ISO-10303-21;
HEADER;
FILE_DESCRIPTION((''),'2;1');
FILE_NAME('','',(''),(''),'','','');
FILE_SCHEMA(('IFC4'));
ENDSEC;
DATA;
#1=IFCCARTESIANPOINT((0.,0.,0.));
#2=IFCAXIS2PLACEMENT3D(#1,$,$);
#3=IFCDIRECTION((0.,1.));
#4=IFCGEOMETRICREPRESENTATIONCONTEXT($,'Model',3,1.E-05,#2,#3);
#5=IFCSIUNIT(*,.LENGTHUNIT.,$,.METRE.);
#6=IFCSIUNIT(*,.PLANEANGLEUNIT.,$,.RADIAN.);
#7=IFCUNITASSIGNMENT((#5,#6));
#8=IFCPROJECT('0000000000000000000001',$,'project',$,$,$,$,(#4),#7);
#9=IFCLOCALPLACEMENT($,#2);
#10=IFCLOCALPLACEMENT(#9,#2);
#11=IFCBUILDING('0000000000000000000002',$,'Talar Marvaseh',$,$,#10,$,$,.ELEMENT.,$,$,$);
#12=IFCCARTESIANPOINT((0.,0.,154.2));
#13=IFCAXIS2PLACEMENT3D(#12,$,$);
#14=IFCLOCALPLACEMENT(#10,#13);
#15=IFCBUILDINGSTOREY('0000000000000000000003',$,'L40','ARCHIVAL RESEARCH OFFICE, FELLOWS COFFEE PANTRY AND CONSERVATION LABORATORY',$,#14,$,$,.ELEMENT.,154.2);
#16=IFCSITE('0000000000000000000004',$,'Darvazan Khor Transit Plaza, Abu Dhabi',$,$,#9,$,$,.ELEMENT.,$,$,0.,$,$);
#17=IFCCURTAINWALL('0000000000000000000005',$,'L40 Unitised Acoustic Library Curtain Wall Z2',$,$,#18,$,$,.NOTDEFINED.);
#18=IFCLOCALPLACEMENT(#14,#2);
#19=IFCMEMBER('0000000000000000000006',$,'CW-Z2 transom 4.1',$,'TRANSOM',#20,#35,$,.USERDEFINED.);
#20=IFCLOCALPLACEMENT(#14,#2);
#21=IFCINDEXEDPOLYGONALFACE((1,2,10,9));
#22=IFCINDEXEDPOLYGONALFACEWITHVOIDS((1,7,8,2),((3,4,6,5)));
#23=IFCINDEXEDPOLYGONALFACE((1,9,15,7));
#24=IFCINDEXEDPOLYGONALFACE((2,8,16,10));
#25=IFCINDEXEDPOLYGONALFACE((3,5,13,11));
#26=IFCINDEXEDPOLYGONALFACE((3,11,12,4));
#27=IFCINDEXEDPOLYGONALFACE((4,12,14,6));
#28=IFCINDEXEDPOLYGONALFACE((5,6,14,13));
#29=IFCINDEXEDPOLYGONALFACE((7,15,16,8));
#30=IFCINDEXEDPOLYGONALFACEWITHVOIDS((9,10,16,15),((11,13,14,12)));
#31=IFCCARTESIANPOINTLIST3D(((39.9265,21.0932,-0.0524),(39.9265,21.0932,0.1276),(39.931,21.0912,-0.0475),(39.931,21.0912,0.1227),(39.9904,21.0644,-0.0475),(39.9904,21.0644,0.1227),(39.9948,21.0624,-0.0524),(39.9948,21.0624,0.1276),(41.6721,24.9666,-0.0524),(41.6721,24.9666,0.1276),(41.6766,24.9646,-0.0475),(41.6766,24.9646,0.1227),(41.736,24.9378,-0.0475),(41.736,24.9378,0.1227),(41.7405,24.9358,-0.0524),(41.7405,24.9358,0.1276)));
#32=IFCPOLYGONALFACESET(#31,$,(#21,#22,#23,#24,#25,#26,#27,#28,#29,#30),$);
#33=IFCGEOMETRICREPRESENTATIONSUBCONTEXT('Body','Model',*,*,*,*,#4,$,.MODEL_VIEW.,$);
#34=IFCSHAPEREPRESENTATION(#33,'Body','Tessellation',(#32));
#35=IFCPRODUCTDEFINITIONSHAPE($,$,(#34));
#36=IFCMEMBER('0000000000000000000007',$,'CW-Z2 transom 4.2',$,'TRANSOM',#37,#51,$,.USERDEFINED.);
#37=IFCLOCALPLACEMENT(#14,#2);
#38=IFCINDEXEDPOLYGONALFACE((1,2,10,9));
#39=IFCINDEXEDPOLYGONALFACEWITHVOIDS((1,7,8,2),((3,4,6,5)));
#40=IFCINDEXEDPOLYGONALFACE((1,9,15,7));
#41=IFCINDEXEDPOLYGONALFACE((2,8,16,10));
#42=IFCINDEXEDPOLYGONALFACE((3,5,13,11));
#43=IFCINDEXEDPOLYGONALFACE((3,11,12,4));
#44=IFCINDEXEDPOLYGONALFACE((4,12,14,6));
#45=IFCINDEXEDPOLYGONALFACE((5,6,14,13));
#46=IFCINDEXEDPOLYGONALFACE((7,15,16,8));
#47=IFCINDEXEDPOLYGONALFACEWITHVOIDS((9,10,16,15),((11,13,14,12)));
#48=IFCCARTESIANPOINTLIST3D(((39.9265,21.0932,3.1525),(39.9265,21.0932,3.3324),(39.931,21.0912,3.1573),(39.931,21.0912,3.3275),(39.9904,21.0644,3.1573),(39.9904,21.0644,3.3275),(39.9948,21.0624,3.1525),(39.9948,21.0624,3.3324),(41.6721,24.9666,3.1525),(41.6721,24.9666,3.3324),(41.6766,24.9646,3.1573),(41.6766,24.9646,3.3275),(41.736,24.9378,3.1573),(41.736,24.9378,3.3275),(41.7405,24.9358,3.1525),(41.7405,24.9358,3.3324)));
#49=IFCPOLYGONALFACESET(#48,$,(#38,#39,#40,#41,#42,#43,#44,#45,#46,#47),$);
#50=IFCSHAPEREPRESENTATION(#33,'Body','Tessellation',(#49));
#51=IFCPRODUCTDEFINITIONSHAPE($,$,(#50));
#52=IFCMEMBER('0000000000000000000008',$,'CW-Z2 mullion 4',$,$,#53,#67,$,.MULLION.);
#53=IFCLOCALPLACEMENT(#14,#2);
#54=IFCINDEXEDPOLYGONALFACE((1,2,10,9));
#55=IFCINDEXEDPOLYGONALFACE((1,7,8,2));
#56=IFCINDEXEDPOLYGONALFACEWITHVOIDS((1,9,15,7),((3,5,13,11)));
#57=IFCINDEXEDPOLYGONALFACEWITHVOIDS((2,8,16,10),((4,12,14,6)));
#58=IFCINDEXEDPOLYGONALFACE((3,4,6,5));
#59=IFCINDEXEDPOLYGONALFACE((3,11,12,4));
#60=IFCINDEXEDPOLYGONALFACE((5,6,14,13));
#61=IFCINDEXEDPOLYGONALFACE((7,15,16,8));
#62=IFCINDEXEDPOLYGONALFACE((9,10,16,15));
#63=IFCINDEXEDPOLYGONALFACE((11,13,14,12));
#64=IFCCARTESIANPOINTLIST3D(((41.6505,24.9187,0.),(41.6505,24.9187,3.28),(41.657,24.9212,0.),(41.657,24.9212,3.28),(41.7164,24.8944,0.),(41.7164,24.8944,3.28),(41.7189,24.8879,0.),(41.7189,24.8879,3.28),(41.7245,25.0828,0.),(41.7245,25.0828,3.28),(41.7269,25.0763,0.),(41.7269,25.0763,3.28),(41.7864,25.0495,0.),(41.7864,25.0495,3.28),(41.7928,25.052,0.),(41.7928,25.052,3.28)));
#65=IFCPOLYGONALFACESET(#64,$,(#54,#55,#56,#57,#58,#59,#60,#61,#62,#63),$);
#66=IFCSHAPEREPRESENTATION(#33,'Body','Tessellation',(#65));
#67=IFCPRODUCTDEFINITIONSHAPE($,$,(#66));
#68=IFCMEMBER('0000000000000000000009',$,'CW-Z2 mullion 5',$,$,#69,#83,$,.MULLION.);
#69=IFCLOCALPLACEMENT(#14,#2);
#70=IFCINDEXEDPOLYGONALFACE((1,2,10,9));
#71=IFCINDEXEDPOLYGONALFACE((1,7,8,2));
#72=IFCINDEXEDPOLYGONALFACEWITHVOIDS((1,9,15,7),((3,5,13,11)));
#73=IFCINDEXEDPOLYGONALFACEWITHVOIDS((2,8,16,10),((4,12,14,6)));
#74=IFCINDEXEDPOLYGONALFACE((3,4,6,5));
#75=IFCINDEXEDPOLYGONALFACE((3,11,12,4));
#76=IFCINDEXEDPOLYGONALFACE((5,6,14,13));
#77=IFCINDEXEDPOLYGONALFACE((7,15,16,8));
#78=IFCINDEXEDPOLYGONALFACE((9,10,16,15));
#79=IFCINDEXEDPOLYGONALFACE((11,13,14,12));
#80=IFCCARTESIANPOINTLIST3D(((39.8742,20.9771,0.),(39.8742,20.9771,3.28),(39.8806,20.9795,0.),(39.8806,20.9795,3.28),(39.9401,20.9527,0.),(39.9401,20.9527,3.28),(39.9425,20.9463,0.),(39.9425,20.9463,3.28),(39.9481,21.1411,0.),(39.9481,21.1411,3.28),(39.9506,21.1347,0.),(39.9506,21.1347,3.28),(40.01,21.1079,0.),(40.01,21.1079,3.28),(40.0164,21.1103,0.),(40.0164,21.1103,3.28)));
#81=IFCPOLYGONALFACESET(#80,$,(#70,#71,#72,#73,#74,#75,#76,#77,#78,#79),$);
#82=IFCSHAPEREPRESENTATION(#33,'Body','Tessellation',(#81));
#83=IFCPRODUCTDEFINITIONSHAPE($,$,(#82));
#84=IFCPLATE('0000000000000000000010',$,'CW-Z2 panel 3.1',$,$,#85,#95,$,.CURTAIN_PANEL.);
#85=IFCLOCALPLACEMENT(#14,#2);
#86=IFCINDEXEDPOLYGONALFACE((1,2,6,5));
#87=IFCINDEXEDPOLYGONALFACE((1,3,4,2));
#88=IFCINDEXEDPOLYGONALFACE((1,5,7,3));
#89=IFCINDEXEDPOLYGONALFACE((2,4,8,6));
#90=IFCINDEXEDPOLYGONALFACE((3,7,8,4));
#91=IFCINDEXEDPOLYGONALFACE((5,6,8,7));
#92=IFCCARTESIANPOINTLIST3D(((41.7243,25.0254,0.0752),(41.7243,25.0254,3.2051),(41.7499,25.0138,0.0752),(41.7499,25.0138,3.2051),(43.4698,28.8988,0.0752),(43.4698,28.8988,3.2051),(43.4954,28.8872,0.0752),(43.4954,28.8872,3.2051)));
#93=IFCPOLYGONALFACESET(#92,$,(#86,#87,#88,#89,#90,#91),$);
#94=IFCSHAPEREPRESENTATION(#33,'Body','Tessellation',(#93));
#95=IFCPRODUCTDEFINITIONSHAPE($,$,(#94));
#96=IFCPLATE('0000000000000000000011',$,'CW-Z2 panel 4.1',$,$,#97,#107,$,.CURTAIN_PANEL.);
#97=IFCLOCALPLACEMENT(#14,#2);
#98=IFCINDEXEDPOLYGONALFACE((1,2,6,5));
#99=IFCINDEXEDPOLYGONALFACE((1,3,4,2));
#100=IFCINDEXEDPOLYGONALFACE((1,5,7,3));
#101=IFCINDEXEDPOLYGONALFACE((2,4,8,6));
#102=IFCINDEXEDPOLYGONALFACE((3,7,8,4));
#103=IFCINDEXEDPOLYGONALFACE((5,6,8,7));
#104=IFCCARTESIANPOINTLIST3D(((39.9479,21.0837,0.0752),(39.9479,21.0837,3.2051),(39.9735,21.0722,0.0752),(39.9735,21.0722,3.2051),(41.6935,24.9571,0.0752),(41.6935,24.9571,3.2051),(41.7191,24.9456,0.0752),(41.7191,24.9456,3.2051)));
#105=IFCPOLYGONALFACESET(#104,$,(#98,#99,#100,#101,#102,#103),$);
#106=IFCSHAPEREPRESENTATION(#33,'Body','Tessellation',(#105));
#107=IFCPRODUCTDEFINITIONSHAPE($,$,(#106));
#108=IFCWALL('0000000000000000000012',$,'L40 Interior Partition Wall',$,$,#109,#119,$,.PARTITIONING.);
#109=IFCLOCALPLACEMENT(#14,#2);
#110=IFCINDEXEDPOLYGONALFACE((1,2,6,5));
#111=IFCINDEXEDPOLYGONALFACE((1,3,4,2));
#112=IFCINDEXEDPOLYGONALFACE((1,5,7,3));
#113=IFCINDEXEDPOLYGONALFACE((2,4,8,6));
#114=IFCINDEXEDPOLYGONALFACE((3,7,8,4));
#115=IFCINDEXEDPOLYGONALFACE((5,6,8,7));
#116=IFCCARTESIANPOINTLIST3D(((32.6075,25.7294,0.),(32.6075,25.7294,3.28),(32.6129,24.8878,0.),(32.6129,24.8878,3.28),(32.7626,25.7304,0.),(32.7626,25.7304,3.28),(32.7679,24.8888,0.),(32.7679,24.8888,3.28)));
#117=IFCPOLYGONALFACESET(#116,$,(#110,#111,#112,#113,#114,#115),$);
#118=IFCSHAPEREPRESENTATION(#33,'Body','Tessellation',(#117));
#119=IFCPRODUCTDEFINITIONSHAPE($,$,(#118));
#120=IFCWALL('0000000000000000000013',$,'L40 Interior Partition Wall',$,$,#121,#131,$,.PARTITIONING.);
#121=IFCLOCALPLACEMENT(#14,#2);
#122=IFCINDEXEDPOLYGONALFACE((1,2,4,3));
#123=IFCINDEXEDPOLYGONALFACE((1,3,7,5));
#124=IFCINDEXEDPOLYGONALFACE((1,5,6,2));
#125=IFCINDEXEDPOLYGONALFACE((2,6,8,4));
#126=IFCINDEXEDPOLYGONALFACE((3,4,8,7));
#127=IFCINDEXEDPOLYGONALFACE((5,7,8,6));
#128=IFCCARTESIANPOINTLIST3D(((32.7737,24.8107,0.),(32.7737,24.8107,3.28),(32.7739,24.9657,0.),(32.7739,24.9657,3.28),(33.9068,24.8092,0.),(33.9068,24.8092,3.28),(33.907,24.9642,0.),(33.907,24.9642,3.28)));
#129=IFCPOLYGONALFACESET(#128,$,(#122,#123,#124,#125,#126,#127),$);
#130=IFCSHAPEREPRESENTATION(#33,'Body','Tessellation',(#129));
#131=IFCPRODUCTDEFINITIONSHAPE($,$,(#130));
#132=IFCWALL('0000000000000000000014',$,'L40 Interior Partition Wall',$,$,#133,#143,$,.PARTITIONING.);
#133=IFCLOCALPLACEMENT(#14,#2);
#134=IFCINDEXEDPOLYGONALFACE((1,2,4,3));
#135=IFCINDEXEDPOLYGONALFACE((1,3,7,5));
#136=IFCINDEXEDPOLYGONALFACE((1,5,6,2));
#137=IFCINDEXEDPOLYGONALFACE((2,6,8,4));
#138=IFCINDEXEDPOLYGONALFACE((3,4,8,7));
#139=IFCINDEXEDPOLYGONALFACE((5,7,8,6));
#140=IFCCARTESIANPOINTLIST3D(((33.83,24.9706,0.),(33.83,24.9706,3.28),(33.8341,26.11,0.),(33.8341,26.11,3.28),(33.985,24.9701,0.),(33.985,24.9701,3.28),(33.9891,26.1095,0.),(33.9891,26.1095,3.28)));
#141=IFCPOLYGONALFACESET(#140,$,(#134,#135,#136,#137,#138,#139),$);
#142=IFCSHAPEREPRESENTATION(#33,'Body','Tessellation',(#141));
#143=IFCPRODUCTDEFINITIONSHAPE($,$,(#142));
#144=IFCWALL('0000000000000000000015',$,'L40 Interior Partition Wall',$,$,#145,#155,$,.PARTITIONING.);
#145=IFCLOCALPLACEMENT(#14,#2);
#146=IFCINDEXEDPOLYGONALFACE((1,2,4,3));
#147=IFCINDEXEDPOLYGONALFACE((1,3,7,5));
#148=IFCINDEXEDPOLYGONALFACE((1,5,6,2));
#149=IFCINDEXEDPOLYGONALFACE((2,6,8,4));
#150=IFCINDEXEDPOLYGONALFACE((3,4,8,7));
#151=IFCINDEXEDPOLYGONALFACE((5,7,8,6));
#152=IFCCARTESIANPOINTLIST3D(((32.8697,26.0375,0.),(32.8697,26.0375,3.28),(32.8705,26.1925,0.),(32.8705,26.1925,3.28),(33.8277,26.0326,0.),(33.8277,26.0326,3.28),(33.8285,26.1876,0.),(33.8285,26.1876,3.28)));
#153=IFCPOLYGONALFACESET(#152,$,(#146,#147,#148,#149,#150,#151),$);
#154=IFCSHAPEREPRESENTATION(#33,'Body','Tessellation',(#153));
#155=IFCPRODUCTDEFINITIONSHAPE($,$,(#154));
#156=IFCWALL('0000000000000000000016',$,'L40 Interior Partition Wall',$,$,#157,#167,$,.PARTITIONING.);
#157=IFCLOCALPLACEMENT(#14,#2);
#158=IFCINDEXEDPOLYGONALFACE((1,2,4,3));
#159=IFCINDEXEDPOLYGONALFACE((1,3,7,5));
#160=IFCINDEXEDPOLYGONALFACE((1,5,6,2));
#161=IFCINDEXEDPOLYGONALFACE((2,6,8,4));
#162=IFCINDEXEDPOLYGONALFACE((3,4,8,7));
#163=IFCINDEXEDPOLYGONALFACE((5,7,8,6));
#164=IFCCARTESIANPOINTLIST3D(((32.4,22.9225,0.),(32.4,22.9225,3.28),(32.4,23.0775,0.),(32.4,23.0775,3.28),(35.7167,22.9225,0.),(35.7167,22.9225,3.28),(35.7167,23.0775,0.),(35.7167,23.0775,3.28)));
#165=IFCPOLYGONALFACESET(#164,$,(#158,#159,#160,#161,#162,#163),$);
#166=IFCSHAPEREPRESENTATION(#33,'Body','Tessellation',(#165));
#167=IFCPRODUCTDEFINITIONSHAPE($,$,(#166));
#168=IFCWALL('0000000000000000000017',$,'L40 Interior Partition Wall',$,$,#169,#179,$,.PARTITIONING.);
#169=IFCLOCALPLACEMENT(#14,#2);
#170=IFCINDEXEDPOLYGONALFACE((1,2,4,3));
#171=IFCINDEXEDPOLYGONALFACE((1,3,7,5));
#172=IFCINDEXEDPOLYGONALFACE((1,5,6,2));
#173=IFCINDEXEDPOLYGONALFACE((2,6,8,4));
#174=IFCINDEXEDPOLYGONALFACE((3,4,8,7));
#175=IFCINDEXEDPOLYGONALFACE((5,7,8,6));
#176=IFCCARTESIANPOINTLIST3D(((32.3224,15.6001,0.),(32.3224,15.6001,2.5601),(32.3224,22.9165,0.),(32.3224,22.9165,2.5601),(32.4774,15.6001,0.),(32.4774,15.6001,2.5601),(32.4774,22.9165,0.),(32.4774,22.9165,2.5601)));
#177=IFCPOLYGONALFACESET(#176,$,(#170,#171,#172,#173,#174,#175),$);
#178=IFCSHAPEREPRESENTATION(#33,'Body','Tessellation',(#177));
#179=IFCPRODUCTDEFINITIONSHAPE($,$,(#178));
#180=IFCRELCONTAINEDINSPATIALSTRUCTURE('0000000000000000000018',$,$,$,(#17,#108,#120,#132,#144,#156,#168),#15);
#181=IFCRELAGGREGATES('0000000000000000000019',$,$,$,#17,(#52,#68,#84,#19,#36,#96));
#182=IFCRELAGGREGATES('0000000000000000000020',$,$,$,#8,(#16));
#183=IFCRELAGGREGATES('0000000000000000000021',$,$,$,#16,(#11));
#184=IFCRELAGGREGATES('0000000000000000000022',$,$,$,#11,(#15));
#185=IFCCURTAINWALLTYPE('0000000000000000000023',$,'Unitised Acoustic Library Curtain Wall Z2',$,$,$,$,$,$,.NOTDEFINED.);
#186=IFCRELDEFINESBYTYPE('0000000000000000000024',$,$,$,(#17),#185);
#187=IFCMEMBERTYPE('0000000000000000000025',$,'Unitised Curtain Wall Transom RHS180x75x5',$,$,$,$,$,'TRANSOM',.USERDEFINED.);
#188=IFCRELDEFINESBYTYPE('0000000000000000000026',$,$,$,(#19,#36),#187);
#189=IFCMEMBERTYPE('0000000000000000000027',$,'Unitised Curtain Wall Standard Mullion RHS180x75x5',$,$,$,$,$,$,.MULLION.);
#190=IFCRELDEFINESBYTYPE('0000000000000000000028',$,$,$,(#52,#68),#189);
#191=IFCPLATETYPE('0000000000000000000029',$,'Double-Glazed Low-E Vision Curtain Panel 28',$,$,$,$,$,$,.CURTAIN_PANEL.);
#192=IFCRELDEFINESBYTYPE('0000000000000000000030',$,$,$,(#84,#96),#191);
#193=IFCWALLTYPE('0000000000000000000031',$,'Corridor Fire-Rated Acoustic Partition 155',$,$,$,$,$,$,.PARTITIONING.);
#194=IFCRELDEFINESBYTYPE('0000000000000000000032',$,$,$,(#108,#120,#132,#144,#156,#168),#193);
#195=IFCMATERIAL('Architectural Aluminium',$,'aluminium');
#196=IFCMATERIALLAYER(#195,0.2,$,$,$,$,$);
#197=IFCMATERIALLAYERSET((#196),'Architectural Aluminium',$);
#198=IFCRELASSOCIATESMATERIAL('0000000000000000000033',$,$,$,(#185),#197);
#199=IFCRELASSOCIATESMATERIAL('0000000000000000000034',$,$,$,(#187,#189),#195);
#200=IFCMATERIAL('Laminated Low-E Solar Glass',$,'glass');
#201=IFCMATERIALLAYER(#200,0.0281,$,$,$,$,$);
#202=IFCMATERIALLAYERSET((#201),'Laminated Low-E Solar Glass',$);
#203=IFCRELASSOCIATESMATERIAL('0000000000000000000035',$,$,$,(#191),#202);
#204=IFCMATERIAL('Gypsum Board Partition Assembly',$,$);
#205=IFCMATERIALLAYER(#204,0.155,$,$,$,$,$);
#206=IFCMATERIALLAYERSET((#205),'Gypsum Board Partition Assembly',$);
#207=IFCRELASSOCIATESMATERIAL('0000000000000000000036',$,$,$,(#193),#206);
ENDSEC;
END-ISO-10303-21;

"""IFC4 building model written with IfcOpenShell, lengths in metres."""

from ifc_helpers import new_model, si_unit, direction, frame, frame_2d, origin, origin_2d, place, context, subcontext, project, spatial, rectangle, hollow_rectangle, extrude, source, transform, mapped, material, layer, layer_set, material_profile, profile_set, type_object, type_shapes, element, aggregate, save


model = new_model("IFC4")

# Units and contexts
model_context = context("Model", 3, precision=1e-05, world=origin(), true_north=direction((0.0, 1.0)))
body_context = subcontext(model_context, "Body", "Model", "MODEL_VIEW")
ifc_project = project(units=[si_unit("LENGTHUNIT", "METRE"), si_unit("PLANEANGLEUNIT", "RADIAN")], contexts=[model_context])

# Site, building, storey
site_placement = place(None, origin())
site = spatial("IfcSite", under=ifc_project, at=site_placement, Name="Darvazan Khor Transit Plaza, Abu Dhabi", CompositionType="ELEMENT", RefElevation=0.0)
building_placement = place(site_placement, origin())
building = spatial("IfcBuilding", under=site, at=building_placement, Name="Talar Marvaseh", CompositionType="ELEMENT")
storey_placement = place(building_placement, frame((0.0, 0.0, 154.2)))
storey = spatial("IfcBuildingStorey", under=building, at=storey_placement, Name="L40", Description="ARCHIVAL RESEARCH OFFICE, FELLOWS COFFEE PANTRY AND CONSERVATION LABORATORY", CompositionType="ELEMENT", Elevation=154.2)

# Curtain wall, members, plates
ifc_material_1 = material(Name="Architectural Aluminium", Category="aluminium")
ifc_layer_1 = layer(ifc_material_1, 0.2)
ifc_layer_set_1 = layer_set([ifc_layer_1], Name="Architectural Aluminium")
curtain_wall_type = type_object("IfcCurtainWallType", Name="Unitised Acoustic Library Curtain Wall Z2", PredefinedType="NOTDEFINED", material=ifc_layer_set_1)
curtain_wall_placement = place(storey_placement, origin())
curtain_wall = element("IfcCurtainWall", 1, at=curtain_wall_placement, inside=storey, type_object=curtain_wall_type, Name="L40 Unitised Acoustic Library Curtain Wall Z2", PredefinedType="NOTDEFINED")
ifc_material_profile_1 = material_profile(ifc_material_1, hollow_rectangle(XDim=0.075, YDim=0.1799, WallThickness=0.0049, at=origin_2d()), Name="RHS180x75x5")
ifc_profile_set_1 = profile_set([ifc_material_profile_1], Name="Architectural Aluminium")
member_type_1 = type_object("IfcMemberType", Name="Unitised Curtain Wall Transom RHS180x75x5", ElementType="TRANSOM", PredefinedType="USERDEFINED", material=ifc_profile_set_1)
shared_shape_1 = source(origin(), body_context, "Body", "SweptSolid", [
    extrude(hollow_rectangle(XDim=0.075, YDim=0.1799, WallThickness=0.0049, at=origin_2d()), origin(), (0.0, 0.0, 1.0), 4.2485),
])
member_1_placement = place(storey_placement, frame((41.7063, 24.9512, 0.0376), z_axis=(-0.410878, -0.91169, 0.0), x_axis=(0.91169, -0.410878, 0.0)))
member_1 = element("IfcMember", 2, at=member_1_placement, type_object=member_type_1, Name="CW-Z2 transom 4.1", ObjectType="TRANSOM", PredefinedType="USERDEFINED", context=body_context, shape_type="MappedRepresentation", body=[
    mapped(shared_shape_1, transform((0.0, 0.0, 0.0), x_axis=(1.0, 0.0, 0.0), y_axis=(0.0, 1.0, 0.0), z_axis=(0.0, 0.0, 1.0), scale=1.0)),
])
member_2_placement = place(storey_placement, frame((41.7063, 24.9512, 3.2424), z_axis=(-0.410878, -0.91169, 0.0), x_axis=(0.91169, -0.410878, 0.0)))
member_2 = element("IfcMember", 3, at=member_2_placement, type_object=member_type_1, Name="CW-Z2 transom 4.2", ObjectType="TRANSOM", PredefinedType="USERDEFINED", context=body_context, shape_type="MappedRepresentation", body=[
    mapped(shared_shape_1, transform((0.0, 0.0, 0.0), x_axis=(1.0, 0.0, 0.0), y_axis=(0.0, 1.0, 0.0), z_axis=(0.0, 0.0, 1.0), scale=1.0)),
])
ifc_material_profile_2 = material_profile(ifc_material_1, hollow_rectangle(XDim=0.075, YDim=0.1799, WallThickness=0.0049, at=origin_2d()), Name="RHS180x75x5")
ifc_profile_set_2 = profile_set([ifc_material_profile_2], Name="Architectural Aluminium")
member_type_2 = type_object("IfcMemberType", Name="Unitised Curtain Wall Standard Mullion RHS180x75x5", PredefinedType="MULLION", material=ifc_profile_set_2)
shared_shape_2 = source(origin(), body_context, "Body", "SweptSolid", [
    extrude(hollow_rectangle(XDim=0.075, YDim=0.1799, WallThickness=0.0049, at=origin_2d()), origin(), (0.0, 0.0, 1.0), 3.28),
])
type_shapes(member_type_2, [shared_shape_2])
member_3_placement = place(storey_placement, frame((41.7217, 24.9854, 0.0), z_axis=(0.0, 0.0, 1.0), x_axis=(0.911697, -0.410862, 0.0)))
member_3 = element("IfcMember", 4, at=member_3_placement, type_object=member_type_2, Name="CW-Z2 mullion 4", PredefinedType="MULLION", context=body_context, shape_type="MappedRepresentation", body=[
    mapped(shared_shape_2, transform((0.0, 0.0, 0.0), x_axis=(1.0, 0.0, 0.0), y_axis=(0.0, 1.0, 0.0), z_axis=(0.0, 0.0, 1.0), scale=1.0)),
])
member_4_placement = place(storey_placement, frame((39.9453, 21.0437, 0.0), z_axis=(0.0, 0.0, 1.0), x_axis=(0.911697, -0.410862, 0.0)))
member_4 = element("IfcMember", 5, at=member_4_placement, type_object=member_type_2, Name="CW-Z2 mullion 5", PredefinedType="MULLION", context=body_context, shape_type="MappedRepresentation", body=[
    mapped(shared_shape_2, transform((0.0, 0.0, 0.0), x_axis=(1.0, 0.0, 0.0), y_axis=(0.0, 1.0, 0.0), z_axis=(0.0, 0.0, 1.0), scale=1.0)),
])
ifc_material_2 = material(Name="Laminated Low-E Solar Glass", Category="glass")
ifc_layer_2 = layer(ifc_material_2, 0.0281)
ifc_layer_set_2 = layer_set([ifc_layer_2], Name="Laminated Low-E Solar Glass")
plate_type = type_object("IfcPlateType", Name="Double-Glazed Low-E Vision Curtain Panel 28", PredefinedType="CURTAIN_PANEL", material=ifc_layer_set_2)
shared_shape_3 = source(origin(), body_context, "Body", "SweptSolid", [
    extrude(rectangle(XDim=4.2485, YDim=0.0281, at=origin_2d()), origin(), (0.0, 0.0, 1.0), 3.1299),
])
type_shapes(plate_type, [shared_shape_3])
plate_1_placement = place(storey_placement, frame((42.6099, 26.9563, 0.0752), z_axis=(0.0, 0.0, 1.0), x_axis=(-0.410862, -0.911697, 0.0)))
plate_1 = element("IfcPlate", 6, at=plate_1_placement, type_object=plate_type, Name="CW-Z2 panel 3.1", PredefinedType="CURTAIN_PANEL", context=body_context, shape_type="MappedRepresentation", body=[
    mapped(shared_shape_3, transform((0.0, 0.0, 0.0), x_axis=(1.0, 0.0, 0.0), y_axis=(0.0, 1.0, 0.0), z_axis=(0.0, 0.0, 1.0), scale=1.0)),
])
plate_2_placement = place(storey_placement, frame((40.8335, 23.0146, 0.0752), z_axis=(0.0, 0.0, 1.0), x_axis=(-0.410862, -0.911697, 0.0)))
plate_2 = element("IfcPlate", 7, at=plate_2_placement, type_object=plate_type, Name="CW-Z2 panel 4.1", PredefinedType="CURTAIN_PANEL", context=body_context, shape_type="MappedRepresentation", body=[
    mapped(shared_shape_3, transform((0.0, 0.0, 0.0), x_axis=(1.0, 0.0, 0.0), y_axis=(0.0, 1.0, 0.0), z_axis=(0.0, 0.0, 1.0), scale=1.0)),
])
aggregate(curtain_wall, [member_3, member_4, plate_1, member_1, member_2, plate_2])

# Walls
ifc_material_3 = material(Name="Gypsum Board Partition Assembly")
ifc_layer_3 = layer(ifc_material_3, 0.155)
ifc_layer_set_3 = layer_set([ifc_layer_3], Name="Gypsum Board Partition Assembly")
wall_type_1 = type_object("IfcWallType", Name="Corridor Fire-Rated Acoustic Partition 155", PredefinedType="PARTITIONING", material=ifc_layer_set_3)
wall_1_placement = place(storey_placement, frame((32.6851, 25.73, 0.0), z_axis=(0.0, 0.0, 1.0), x_axis=(0.006382, -0.99998, 0.0)))
element("IfcWall", 8, at=wall_1_placement, inside=storey, type_object=wall_type_1, Name="L40 Interior Partition Wall", PredefinedType="PARTITIONING", context=body_context, shape_type="SweptSolid", body=[
    extrude(rectangle(XDim=0.8416, YDim=0.155, at=frame_2d((0.4209, 0.0))), origin(), (0.0, 0.0, 1.0), 3.28),
])
wall_2_placement = place(storey_placement, frame((32.7739, 24.8882, 0.0), z_axis=(0.0, 0.0, 1.0), x_axis=(0.999999, -0.001293, 0.0)))
element("IfcWall", 9, at=wall_2_placement, inside=storey, type_object=wall_type_1, Name="L40 Interior Partition Wall", PredefinedType="PARTITIONING", context=body_context, shape_type="SweptSolid", body=[
    extrude(rectangle(XDim=1.1331, YDim=0.155, at=frame_2d((0.5664, 0.0))), origin(), (0.0, 0.0, 1.0), 3.28),
])
wall_3_placement = place(storey_placement, frame((33.9075, 24.9702, 0.0), z_axis=(0.0, 0.0, 1.0), x_axis=(0.003643, 0.999993, 0.0)))
element("IfcWall", 10, at=wall_3_placement, inside=storey, type_object=wall_type_1, Name="L40 Interior Partition Wall", PredefinedType="PARTITIONING", context=body_context, shape_type="SweptSolid", body=[
    extrude(rectangle(XDim=1.1394, YDim=0.155, at=frame_2d((0.5698, 0.0))), origin(), (0.0, 0.0, 1.0), 3.28),
])
wall_4_placement = place(storey_placement, frame((33.8281, 26.1101, 0.0), z_axis=(0.0, 0.0, 1.0), x_axis=(-0.999987, 0.005097, 0.0)))
element("IfcWall", 11, at=wall_4_placement, inside=storey, type_object=wall_type_1, Name="L40 Interior Partition Wall", PredefinedType="PARTITIONING", context=body_context, shape_type="SweptSolid", body=[
    extrude(rectangle(XDim=0.958, YDim=0.155, at=frame_2d((0.479, 0.0))), origin(), (0.0, 0.0, 1.0), 3.28),
])
wall_5_placement = place(storey_placement, frame((35.7166, 23.0, 0.0), z_axis=(0.0, 0.0, 1.0), x_axis=(-1.0, 0.0, 0.0)))
element("IfcWall", 12, at=wall_5_placement, inside=storey, type_object=wall_type_1, Name="L40 Interior Partition Wall", PredefinedType="PARTITIONING", context=body_context, shape_type="SweptSolid", body=[
    extrude(rectangle(XDim=3.3167, YDim=0.155, at=frame_2d((1.6582, 0.0))), origin(), (0.0, 0.0, 1.0), 3.28),
])
wall_6_placement = place(storey_placement, frame((32.3999, 22.9165, 0.0), z_axis=(0.0, 0.0, 1.0), x_axis=(0.0, -1.0, 0.0)))
element("IfcWall", 13, at=wall_6_placement, inside=storey, type_object=wall_type_1, Name="L40 Interior Partition Wall", PredefinedType="PARTITIONING", context=body_context, shape_type="SweptSolid", body=[
    extrude(rectangle(XDim=7.3164, YDim=0.155, at=frame_2d((3.6582, 0.0))), origin(), (0.0, 0.0, 1.0), 2.5601),
])

save(model, "model.ifc")
